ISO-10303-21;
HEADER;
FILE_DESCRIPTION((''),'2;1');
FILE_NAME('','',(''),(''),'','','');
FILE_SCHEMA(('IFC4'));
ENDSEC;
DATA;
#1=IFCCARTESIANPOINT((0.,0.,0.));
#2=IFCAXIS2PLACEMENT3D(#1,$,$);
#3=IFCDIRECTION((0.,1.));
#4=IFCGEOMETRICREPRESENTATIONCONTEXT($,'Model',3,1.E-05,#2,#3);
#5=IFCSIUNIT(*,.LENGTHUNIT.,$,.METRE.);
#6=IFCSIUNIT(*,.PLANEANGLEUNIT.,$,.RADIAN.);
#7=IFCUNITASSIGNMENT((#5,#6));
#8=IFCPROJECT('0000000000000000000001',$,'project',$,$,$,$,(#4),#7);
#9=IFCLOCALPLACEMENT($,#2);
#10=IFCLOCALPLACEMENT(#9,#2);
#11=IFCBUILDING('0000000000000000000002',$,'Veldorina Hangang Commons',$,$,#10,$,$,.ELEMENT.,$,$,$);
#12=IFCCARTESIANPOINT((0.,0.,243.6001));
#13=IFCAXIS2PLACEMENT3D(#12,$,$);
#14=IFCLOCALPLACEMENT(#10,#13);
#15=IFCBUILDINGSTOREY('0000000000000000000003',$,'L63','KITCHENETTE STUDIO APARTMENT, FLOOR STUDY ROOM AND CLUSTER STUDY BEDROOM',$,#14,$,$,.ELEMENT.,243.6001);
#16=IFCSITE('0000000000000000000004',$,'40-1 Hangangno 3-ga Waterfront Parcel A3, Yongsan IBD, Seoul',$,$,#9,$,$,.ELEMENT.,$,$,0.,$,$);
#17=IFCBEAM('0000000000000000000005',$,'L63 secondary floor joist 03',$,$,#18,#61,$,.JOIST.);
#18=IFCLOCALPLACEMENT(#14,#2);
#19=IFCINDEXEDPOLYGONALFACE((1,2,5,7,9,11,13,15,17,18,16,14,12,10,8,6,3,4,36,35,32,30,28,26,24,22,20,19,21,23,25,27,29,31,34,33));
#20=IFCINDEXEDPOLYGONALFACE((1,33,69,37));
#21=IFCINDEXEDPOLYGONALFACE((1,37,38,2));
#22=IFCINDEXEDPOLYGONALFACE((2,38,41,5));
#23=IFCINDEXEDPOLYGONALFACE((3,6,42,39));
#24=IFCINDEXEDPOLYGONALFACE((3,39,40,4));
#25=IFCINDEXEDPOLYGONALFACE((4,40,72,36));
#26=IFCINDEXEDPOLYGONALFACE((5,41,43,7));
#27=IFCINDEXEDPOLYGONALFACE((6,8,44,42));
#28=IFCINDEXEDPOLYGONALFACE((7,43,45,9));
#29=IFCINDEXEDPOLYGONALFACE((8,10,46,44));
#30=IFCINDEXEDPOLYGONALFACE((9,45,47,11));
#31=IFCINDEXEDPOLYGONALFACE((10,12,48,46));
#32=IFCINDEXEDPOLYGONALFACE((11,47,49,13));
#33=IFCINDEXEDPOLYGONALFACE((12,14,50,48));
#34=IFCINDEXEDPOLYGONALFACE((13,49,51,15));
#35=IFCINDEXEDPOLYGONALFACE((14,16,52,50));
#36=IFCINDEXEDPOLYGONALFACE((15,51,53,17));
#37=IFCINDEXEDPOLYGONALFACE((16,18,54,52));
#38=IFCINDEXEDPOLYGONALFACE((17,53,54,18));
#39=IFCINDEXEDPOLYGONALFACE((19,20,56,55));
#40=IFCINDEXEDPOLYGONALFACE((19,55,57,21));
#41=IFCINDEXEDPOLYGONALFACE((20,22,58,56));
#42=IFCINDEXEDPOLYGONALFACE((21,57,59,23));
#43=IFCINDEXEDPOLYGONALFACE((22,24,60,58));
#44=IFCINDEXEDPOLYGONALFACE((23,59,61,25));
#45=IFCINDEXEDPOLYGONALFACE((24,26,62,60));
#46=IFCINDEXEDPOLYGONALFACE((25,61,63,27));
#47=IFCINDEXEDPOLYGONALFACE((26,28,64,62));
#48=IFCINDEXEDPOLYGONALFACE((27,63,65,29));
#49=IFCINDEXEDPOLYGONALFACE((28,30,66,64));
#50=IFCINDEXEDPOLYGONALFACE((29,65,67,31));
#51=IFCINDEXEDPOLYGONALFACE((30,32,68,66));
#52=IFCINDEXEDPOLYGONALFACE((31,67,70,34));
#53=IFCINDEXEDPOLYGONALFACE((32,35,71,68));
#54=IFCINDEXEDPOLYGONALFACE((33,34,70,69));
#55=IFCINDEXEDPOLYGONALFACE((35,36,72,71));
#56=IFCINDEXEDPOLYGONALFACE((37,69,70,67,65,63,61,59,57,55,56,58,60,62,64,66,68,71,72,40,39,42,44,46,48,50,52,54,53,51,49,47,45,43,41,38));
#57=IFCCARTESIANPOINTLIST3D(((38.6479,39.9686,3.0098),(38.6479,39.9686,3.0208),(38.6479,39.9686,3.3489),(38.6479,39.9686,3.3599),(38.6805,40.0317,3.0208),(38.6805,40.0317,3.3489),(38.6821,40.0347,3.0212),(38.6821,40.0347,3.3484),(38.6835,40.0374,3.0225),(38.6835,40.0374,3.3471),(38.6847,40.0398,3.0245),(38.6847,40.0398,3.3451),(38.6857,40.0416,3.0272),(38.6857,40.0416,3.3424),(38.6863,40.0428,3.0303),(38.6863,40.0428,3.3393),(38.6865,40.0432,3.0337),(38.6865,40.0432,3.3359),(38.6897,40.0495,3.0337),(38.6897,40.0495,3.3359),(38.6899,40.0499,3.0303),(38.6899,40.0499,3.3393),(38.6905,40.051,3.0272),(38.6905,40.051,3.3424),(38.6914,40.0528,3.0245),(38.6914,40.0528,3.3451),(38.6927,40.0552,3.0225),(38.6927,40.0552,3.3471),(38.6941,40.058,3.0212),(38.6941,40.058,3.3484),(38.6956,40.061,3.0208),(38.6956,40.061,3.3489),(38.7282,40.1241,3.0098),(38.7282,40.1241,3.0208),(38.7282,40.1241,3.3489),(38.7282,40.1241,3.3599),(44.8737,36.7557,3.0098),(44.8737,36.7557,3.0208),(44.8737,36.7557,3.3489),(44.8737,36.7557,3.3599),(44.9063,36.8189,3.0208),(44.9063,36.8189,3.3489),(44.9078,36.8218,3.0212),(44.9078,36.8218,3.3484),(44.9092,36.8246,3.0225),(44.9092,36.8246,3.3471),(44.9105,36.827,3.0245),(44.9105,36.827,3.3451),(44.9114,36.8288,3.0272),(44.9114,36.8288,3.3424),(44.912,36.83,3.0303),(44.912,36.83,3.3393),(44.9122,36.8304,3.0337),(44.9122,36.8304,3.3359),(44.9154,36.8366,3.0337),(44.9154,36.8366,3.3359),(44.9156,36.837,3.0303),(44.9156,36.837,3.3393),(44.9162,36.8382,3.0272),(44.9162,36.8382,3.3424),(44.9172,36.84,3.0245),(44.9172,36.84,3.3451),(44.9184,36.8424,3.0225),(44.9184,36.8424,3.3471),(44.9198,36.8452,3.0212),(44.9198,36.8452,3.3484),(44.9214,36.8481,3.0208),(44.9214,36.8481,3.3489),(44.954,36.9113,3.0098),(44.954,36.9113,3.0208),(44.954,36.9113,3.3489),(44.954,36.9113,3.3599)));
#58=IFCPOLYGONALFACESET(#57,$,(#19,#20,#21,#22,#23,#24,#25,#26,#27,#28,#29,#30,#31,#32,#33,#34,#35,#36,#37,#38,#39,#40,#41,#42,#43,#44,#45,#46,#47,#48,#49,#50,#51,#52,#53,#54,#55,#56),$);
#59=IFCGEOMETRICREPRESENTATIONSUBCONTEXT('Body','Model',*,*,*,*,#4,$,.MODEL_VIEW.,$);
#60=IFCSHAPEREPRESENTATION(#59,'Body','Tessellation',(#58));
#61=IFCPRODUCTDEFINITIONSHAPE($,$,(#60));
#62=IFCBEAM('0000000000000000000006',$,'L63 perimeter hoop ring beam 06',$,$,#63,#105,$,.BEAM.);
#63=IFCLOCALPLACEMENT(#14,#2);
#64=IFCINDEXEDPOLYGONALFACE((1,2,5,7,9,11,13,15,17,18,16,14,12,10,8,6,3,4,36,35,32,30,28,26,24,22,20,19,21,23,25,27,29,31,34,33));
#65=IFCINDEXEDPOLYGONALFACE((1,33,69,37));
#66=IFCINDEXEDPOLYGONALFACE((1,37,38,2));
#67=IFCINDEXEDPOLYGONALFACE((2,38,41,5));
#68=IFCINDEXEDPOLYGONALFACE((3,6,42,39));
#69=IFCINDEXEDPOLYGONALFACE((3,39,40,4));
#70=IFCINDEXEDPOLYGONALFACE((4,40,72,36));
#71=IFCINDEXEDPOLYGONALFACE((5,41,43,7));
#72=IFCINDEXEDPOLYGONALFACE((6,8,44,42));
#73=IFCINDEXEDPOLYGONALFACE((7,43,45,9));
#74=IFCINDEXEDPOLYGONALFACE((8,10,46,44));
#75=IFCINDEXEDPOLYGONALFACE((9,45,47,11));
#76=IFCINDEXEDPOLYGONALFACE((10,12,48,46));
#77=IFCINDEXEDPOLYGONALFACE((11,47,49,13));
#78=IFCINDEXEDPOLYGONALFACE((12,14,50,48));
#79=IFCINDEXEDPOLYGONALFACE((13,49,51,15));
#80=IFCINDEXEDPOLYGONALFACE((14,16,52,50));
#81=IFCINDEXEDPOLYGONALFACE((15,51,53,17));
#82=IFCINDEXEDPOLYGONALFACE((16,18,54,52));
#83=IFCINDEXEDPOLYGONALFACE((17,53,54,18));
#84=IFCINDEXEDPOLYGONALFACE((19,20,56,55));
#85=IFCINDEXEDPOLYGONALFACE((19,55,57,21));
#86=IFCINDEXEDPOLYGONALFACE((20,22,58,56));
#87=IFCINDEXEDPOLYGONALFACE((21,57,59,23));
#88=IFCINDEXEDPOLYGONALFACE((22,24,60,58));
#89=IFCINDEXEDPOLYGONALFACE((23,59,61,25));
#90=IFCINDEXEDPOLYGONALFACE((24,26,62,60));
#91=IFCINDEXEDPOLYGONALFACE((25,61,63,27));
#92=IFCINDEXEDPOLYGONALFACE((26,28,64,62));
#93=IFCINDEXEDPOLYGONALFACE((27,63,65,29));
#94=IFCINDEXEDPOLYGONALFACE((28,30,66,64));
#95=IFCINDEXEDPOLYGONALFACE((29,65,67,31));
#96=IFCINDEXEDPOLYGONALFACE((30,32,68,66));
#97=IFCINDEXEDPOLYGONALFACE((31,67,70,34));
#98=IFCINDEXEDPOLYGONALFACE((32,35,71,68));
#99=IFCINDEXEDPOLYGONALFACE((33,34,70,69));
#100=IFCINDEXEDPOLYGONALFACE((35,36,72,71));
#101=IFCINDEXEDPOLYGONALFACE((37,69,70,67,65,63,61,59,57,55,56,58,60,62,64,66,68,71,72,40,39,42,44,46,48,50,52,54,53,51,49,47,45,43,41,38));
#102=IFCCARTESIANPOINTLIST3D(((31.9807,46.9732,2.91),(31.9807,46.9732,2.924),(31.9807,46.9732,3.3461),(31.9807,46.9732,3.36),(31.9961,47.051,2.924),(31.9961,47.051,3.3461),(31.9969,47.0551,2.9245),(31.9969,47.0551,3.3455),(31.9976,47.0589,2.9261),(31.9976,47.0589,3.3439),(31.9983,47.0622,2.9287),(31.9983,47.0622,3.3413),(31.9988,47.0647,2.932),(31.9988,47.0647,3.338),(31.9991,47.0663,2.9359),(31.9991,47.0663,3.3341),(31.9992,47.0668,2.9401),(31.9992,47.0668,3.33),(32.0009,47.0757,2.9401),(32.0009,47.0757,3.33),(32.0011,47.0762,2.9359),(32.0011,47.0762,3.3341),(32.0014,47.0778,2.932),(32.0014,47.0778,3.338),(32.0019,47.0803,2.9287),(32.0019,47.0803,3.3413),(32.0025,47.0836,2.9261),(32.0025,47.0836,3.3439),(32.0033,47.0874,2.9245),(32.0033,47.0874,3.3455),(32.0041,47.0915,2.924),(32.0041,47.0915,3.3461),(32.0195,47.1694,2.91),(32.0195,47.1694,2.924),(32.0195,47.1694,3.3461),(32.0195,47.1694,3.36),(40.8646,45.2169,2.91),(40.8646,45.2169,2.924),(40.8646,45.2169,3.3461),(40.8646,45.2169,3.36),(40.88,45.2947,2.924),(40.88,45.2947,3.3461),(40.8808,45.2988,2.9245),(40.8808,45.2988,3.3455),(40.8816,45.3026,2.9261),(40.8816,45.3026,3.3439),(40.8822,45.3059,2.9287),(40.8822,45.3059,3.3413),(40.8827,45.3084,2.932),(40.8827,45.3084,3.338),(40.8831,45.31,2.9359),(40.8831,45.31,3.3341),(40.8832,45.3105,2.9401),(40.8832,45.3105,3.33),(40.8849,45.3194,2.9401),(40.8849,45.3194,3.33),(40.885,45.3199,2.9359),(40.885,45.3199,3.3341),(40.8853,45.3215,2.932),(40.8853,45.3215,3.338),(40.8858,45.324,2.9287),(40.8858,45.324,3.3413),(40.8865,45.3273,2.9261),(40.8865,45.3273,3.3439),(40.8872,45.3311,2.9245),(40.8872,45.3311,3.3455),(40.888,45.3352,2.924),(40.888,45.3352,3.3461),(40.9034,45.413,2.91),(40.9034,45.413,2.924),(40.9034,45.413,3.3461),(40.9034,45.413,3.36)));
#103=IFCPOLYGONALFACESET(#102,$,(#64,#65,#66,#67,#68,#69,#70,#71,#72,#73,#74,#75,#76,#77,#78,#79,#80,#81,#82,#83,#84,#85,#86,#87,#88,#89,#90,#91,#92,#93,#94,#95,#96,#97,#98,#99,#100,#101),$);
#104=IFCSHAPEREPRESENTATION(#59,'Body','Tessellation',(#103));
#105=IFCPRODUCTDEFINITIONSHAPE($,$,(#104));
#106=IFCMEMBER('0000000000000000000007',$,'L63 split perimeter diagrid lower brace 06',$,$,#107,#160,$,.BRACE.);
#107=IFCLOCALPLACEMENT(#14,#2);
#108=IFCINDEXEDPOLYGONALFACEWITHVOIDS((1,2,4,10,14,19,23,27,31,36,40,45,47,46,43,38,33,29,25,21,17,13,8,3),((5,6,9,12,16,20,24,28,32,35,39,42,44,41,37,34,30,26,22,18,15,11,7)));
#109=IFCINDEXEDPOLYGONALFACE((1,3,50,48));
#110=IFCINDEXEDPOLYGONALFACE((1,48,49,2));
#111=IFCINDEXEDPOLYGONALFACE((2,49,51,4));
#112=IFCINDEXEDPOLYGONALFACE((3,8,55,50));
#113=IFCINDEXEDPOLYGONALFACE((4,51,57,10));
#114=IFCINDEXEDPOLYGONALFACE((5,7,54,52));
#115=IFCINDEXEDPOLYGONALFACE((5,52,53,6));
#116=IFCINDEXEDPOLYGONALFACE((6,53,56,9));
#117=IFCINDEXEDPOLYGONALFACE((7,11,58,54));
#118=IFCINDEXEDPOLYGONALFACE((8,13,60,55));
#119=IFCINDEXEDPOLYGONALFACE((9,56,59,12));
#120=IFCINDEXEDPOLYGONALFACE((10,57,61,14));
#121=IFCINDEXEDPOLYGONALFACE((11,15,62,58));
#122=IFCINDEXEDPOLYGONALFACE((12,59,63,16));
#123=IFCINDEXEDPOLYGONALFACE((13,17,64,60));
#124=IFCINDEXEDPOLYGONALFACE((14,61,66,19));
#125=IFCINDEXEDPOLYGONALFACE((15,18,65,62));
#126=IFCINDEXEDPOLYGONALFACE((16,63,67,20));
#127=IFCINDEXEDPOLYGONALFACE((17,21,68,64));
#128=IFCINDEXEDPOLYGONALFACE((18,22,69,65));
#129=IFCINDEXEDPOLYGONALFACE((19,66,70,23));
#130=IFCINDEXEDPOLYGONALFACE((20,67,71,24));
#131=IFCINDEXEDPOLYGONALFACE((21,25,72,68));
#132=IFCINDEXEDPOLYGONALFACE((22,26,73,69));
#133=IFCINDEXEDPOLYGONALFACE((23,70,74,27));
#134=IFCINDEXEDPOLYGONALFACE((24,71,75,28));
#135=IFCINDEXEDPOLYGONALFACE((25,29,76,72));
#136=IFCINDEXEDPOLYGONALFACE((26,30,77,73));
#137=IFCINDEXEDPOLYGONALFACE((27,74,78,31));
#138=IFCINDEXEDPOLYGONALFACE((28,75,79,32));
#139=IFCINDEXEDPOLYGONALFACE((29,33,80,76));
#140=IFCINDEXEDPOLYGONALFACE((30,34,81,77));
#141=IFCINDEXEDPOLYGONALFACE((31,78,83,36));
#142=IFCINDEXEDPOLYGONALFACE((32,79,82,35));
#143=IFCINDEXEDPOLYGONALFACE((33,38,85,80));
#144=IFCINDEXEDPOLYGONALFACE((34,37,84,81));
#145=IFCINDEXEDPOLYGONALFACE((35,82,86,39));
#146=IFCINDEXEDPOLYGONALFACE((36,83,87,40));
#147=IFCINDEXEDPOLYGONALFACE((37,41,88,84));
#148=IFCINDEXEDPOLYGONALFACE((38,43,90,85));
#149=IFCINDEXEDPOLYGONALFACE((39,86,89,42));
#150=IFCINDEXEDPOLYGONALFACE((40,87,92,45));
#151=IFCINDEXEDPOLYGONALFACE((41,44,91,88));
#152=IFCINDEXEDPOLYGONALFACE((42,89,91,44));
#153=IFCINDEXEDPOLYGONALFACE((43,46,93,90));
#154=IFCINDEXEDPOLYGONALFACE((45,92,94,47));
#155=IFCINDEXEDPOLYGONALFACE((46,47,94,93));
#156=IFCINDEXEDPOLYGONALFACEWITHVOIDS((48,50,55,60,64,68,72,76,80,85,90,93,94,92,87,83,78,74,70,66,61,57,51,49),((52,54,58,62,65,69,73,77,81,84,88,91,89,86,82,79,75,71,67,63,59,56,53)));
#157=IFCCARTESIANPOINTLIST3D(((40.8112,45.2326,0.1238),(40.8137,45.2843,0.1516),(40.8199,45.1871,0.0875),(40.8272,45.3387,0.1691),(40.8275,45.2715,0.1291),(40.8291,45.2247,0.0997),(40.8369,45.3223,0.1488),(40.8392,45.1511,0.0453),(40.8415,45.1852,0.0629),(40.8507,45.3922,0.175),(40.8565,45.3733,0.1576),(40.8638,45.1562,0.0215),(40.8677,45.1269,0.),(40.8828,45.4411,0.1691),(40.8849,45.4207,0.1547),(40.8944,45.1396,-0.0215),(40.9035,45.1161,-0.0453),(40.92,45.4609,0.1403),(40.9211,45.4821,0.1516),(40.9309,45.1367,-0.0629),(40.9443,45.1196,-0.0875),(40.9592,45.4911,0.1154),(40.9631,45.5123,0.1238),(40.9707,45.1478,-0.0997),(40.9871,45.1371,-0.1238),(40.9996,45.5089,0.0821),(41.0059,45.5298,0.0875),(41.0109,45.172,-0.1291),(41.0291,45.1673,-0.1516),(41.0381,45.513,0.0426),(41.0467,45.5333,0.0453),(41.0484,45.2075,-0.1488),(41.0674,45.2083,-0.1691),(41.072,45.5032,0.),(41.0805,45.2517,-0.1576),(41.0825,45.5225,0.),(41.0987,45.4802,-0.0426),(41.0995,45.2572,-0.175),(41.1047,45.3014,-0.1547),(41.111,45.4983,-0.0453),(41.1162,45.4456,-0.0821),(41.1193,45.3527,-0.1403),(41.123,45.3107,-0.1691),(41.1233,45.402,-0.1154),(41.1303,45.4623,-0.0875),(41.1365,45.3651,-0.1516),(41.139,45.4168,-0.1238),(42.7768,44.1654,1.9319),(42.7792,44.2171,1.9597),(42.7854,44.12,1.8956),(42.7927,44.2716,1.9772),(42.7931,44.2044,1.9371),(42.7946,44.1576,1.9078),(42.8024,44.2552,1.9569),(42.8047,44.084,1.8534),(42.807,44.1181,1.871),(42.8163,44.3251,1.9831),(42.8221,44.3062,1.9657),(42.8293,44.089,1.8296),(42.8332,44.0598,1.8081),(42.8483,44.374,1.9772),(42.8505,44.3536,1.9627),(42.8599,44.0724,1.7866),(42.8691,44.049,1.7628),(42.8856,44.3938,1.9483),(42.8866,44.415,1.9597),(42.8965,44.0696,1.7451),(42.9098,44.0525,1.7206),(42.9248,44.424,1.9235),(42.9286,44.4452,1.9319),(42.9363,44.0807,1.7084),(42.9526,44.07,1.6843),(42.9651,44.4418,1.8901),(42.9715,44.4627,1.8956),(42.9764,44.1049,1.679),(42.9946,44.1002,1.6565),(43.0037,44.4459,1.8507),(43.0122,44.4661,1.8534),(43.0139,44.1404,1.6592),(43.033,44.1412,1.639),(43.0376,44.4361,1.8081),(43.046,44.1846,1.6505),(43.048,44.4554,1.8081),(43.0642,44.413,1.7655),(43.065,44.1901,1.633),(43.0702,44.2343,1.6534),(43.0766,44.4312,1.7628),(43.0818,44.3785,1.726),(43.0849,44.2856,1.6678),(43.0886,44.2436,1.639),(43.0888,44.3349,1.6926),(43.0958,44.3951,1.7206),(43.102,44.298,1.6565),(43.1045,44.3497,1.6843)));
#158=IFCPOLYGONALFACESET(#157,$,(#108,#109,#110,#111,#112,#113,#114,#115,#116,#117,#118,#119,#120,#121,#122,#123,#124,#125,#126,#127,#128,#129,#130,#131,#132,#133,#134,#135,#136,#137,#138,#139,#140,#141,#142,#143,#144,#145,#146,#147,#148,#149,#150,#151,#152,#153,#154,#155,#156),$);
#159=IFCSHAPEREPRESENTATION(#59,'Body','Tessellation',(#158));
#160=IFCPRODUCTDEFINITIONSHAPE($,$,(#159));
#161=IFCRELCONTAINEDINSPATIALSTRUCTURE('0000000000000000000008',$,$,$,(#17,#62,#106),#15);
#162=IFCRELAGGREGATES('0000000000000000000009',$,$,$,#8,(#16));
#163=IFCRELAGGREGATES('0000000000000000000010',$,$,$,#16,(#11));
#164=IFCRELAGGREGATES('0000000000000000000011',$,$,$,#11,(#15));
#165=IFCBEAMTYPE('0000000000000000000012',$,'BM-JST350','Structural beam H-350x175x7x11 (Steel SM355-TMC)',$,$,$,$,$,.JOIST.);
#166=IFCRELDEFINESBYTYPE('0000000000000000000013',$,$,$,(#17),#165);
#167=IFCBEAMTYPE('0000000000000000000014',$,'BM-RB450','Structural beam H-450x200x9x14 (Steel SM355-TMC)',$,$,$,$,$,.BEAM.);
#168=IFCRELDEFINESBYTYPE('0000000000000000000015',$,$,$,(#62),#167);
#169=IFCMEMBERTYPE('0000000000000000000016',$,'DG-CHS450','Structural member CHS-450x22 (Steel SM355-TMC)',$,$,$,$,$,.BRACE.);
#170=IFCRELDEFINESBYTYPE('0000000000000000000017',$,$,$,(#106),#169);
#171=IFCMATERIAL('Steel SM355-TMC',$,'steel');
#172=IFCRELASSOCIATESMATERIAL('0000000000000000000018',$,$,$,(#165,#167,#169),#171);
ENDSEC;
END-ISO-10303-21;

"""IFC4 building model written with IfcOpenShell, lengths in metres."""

from ifc_helpers import new_model, si_unit, direction, frame, origin, origin_2d, place, context, subcontext, project, spatial, hollow_circle, i_section, extrude, material, material_profile, profile_set, type_object, element, save


model = new_model("IFC4")

# Units and contexts
model_context = context("Model", 3, precision=1e-05, world=origin(), true_north=direction((0.0, 1.0)))
body_context = subcontext(model_context, "Body", "Model", "MODEL_VIEW")
ifc_project = project(units=[si_unit("LENGTHUNIT", "METRE"), si_unit("PLANEANGLEUNIT", "RADIAN")], contexts=[model_context])

# Site, building, storey
site_placement = place(None, origin())
site = spatial("IfcSite", under=ifc_project, at=site_placement, Name="40-1 Hangangno 3-ga Waterfront Parcel A3, Yongsan IBD, Seoul", CompositionType="ELEMENT", RefElevation=0.0)
building_placement = place(site_placement, origin())
building = spatial("IfcBuilding", under=site, at=building_placement, Name="Veldorina Hangang Commons", CompositionType="ELEMENT")
storey_placement = place(building_placement, frame((0.0, 0.0, 243.6001)))
storey = spatial("IfcBuildingStorey", under=building, at=storey_placement, Name="L63", Description="KITCHENETTE STUDIO APARTMENT, FLOOR STUDY ROOM AND CLUSTER STUDY BEDROOM", CompositionType="ELEMENT", Elevation=243.6001)

# Beams
ifc_material_1 = material(Name="Steel SM355-TMC", Category="steel")
ifc_material_profile_1 = material_profile(ifc_material_1, i_section(OverallWidth=0.175, OverallDepth=0.3501, WebThickness=0.0071, FlangeThickness=0.011, FilletRadius=0.0129, at=origin_2d()), Name="H-350x175x7x11")
ifc_profile_set_1 = profile_set([ifc_material_profile_1], Name="Steel SM355-TMC")
beam_type_1 = type_object("IfcBeamType", Name="BM-JST350", Description="Structural beam H-350x175x7x11 (Steel SM355-TMC)", PredefinedType="JOIST", material=ifc_profile_set_1)
beam_1_placement = place(storey_placement, frame((44.9138, 36.8335, 3.1848), z_axis=(-0.888646, 0.458593, 0.0), x_axis=(-0.458593, -0.888646, 0.0)))
element("IfcBeam", 1, at=beam_1_placement, inside=storey, type_object=beam_type_1, Name="L63 secondary floor joist 03", PredefinedType="JOIST", context=body_context, shape_type="SweptSolid", body=[
    extrude(i_section(OverallWidth=0.175, OverallDepth=0.3501, WebThickness=0.0071, FlangeThickness=0.011, FilletRadius=0.0129, at=origin_2d()), origin(), (0.0, 0.0, 1.0), 7.0059),
])
ifc_material_profile_2 = material_profile(ifc_material_1, i_section(OverallWidth=0.2, OverallDepth=0.45, WebThickness=0.009, FlangeThickness=0.0139, FilletRadius=0.0161, at=origin_2d()), Name="H-450x200x9x14")
ifc_profile_set_2 = profile_set([ifc_material_profile_2], Name="Steel SM355-TMC")
beam_type_2 = type_object("IfcBeamType", Name="BM-RB450", Description="Structural beam H-450x200x9x14 (Steel SM355-TMC)", PredefinedType="BEAM", material=ifc_profile_set_2)
beam_2_placement = place(storey_placement, frame((40.884, 45.3149, 3.135), z_axis=(-0.981013, 0.193943, 0.0), x_axis=(-0.193943, -0.981013, 0.0)))
element("IfcBeam", 2, at=beam_2_placement, inside=storey, type_object=beam_type_2, Name="L63 perimeter hoop ring beam 06", PredefinedType="BEAM", context=body_context, shape_type="SweptSolid", body=[
    extrude(i_section(OverallWidth=0.2, OverallDepth=0.45, WebThickness=0.009, FlangeThickness=0.0139, FilletRadius=0.0161, at=origin_2d()), origin(), (0.0, 0.0, 1.0), 9.0559),
])

# Member
ifc_material_profile_3 = material_profile(ifc_material_1, hollow_circle(Radius=0.2251, WallThickness=0.022, at=origin_2d()), Name="CHS-450x22")
ifc_profile_set_3 = profile_set([ifc_material_profile_3], Name="Steel SM355-TMC")
member_type_1 = type_object("IfcMemberType", Name="DG-CHS450", Description="Structural member CHS-450x22 (Steel SM355-TMC)", PredefinedType="BRACE", material=ifc_profile_set_3)
member_1_placement = place(storey_placement, frame((40.9751, 45.3247, 0.0), z_axis=(0.683435, -0.371046, 0.628682), x_axis=(0.47713, 0.878833, 0.0)))
element("IfcMember", 3, at=member_1_placement, inside=storey, type_object=member_type_1, Name="L63 split perimeter diagrid lower brace 06", PredefinedType="BRACE", context=body_context, shape_type="SweptSolid", body=[
    extrude(hollow_circle(Radius=0.2251, WallThickness=0.022, at=origin_2d()), origin(), (0.0, 0.0, 1.0), 2.876),
])

save(model, "model.ifc")
